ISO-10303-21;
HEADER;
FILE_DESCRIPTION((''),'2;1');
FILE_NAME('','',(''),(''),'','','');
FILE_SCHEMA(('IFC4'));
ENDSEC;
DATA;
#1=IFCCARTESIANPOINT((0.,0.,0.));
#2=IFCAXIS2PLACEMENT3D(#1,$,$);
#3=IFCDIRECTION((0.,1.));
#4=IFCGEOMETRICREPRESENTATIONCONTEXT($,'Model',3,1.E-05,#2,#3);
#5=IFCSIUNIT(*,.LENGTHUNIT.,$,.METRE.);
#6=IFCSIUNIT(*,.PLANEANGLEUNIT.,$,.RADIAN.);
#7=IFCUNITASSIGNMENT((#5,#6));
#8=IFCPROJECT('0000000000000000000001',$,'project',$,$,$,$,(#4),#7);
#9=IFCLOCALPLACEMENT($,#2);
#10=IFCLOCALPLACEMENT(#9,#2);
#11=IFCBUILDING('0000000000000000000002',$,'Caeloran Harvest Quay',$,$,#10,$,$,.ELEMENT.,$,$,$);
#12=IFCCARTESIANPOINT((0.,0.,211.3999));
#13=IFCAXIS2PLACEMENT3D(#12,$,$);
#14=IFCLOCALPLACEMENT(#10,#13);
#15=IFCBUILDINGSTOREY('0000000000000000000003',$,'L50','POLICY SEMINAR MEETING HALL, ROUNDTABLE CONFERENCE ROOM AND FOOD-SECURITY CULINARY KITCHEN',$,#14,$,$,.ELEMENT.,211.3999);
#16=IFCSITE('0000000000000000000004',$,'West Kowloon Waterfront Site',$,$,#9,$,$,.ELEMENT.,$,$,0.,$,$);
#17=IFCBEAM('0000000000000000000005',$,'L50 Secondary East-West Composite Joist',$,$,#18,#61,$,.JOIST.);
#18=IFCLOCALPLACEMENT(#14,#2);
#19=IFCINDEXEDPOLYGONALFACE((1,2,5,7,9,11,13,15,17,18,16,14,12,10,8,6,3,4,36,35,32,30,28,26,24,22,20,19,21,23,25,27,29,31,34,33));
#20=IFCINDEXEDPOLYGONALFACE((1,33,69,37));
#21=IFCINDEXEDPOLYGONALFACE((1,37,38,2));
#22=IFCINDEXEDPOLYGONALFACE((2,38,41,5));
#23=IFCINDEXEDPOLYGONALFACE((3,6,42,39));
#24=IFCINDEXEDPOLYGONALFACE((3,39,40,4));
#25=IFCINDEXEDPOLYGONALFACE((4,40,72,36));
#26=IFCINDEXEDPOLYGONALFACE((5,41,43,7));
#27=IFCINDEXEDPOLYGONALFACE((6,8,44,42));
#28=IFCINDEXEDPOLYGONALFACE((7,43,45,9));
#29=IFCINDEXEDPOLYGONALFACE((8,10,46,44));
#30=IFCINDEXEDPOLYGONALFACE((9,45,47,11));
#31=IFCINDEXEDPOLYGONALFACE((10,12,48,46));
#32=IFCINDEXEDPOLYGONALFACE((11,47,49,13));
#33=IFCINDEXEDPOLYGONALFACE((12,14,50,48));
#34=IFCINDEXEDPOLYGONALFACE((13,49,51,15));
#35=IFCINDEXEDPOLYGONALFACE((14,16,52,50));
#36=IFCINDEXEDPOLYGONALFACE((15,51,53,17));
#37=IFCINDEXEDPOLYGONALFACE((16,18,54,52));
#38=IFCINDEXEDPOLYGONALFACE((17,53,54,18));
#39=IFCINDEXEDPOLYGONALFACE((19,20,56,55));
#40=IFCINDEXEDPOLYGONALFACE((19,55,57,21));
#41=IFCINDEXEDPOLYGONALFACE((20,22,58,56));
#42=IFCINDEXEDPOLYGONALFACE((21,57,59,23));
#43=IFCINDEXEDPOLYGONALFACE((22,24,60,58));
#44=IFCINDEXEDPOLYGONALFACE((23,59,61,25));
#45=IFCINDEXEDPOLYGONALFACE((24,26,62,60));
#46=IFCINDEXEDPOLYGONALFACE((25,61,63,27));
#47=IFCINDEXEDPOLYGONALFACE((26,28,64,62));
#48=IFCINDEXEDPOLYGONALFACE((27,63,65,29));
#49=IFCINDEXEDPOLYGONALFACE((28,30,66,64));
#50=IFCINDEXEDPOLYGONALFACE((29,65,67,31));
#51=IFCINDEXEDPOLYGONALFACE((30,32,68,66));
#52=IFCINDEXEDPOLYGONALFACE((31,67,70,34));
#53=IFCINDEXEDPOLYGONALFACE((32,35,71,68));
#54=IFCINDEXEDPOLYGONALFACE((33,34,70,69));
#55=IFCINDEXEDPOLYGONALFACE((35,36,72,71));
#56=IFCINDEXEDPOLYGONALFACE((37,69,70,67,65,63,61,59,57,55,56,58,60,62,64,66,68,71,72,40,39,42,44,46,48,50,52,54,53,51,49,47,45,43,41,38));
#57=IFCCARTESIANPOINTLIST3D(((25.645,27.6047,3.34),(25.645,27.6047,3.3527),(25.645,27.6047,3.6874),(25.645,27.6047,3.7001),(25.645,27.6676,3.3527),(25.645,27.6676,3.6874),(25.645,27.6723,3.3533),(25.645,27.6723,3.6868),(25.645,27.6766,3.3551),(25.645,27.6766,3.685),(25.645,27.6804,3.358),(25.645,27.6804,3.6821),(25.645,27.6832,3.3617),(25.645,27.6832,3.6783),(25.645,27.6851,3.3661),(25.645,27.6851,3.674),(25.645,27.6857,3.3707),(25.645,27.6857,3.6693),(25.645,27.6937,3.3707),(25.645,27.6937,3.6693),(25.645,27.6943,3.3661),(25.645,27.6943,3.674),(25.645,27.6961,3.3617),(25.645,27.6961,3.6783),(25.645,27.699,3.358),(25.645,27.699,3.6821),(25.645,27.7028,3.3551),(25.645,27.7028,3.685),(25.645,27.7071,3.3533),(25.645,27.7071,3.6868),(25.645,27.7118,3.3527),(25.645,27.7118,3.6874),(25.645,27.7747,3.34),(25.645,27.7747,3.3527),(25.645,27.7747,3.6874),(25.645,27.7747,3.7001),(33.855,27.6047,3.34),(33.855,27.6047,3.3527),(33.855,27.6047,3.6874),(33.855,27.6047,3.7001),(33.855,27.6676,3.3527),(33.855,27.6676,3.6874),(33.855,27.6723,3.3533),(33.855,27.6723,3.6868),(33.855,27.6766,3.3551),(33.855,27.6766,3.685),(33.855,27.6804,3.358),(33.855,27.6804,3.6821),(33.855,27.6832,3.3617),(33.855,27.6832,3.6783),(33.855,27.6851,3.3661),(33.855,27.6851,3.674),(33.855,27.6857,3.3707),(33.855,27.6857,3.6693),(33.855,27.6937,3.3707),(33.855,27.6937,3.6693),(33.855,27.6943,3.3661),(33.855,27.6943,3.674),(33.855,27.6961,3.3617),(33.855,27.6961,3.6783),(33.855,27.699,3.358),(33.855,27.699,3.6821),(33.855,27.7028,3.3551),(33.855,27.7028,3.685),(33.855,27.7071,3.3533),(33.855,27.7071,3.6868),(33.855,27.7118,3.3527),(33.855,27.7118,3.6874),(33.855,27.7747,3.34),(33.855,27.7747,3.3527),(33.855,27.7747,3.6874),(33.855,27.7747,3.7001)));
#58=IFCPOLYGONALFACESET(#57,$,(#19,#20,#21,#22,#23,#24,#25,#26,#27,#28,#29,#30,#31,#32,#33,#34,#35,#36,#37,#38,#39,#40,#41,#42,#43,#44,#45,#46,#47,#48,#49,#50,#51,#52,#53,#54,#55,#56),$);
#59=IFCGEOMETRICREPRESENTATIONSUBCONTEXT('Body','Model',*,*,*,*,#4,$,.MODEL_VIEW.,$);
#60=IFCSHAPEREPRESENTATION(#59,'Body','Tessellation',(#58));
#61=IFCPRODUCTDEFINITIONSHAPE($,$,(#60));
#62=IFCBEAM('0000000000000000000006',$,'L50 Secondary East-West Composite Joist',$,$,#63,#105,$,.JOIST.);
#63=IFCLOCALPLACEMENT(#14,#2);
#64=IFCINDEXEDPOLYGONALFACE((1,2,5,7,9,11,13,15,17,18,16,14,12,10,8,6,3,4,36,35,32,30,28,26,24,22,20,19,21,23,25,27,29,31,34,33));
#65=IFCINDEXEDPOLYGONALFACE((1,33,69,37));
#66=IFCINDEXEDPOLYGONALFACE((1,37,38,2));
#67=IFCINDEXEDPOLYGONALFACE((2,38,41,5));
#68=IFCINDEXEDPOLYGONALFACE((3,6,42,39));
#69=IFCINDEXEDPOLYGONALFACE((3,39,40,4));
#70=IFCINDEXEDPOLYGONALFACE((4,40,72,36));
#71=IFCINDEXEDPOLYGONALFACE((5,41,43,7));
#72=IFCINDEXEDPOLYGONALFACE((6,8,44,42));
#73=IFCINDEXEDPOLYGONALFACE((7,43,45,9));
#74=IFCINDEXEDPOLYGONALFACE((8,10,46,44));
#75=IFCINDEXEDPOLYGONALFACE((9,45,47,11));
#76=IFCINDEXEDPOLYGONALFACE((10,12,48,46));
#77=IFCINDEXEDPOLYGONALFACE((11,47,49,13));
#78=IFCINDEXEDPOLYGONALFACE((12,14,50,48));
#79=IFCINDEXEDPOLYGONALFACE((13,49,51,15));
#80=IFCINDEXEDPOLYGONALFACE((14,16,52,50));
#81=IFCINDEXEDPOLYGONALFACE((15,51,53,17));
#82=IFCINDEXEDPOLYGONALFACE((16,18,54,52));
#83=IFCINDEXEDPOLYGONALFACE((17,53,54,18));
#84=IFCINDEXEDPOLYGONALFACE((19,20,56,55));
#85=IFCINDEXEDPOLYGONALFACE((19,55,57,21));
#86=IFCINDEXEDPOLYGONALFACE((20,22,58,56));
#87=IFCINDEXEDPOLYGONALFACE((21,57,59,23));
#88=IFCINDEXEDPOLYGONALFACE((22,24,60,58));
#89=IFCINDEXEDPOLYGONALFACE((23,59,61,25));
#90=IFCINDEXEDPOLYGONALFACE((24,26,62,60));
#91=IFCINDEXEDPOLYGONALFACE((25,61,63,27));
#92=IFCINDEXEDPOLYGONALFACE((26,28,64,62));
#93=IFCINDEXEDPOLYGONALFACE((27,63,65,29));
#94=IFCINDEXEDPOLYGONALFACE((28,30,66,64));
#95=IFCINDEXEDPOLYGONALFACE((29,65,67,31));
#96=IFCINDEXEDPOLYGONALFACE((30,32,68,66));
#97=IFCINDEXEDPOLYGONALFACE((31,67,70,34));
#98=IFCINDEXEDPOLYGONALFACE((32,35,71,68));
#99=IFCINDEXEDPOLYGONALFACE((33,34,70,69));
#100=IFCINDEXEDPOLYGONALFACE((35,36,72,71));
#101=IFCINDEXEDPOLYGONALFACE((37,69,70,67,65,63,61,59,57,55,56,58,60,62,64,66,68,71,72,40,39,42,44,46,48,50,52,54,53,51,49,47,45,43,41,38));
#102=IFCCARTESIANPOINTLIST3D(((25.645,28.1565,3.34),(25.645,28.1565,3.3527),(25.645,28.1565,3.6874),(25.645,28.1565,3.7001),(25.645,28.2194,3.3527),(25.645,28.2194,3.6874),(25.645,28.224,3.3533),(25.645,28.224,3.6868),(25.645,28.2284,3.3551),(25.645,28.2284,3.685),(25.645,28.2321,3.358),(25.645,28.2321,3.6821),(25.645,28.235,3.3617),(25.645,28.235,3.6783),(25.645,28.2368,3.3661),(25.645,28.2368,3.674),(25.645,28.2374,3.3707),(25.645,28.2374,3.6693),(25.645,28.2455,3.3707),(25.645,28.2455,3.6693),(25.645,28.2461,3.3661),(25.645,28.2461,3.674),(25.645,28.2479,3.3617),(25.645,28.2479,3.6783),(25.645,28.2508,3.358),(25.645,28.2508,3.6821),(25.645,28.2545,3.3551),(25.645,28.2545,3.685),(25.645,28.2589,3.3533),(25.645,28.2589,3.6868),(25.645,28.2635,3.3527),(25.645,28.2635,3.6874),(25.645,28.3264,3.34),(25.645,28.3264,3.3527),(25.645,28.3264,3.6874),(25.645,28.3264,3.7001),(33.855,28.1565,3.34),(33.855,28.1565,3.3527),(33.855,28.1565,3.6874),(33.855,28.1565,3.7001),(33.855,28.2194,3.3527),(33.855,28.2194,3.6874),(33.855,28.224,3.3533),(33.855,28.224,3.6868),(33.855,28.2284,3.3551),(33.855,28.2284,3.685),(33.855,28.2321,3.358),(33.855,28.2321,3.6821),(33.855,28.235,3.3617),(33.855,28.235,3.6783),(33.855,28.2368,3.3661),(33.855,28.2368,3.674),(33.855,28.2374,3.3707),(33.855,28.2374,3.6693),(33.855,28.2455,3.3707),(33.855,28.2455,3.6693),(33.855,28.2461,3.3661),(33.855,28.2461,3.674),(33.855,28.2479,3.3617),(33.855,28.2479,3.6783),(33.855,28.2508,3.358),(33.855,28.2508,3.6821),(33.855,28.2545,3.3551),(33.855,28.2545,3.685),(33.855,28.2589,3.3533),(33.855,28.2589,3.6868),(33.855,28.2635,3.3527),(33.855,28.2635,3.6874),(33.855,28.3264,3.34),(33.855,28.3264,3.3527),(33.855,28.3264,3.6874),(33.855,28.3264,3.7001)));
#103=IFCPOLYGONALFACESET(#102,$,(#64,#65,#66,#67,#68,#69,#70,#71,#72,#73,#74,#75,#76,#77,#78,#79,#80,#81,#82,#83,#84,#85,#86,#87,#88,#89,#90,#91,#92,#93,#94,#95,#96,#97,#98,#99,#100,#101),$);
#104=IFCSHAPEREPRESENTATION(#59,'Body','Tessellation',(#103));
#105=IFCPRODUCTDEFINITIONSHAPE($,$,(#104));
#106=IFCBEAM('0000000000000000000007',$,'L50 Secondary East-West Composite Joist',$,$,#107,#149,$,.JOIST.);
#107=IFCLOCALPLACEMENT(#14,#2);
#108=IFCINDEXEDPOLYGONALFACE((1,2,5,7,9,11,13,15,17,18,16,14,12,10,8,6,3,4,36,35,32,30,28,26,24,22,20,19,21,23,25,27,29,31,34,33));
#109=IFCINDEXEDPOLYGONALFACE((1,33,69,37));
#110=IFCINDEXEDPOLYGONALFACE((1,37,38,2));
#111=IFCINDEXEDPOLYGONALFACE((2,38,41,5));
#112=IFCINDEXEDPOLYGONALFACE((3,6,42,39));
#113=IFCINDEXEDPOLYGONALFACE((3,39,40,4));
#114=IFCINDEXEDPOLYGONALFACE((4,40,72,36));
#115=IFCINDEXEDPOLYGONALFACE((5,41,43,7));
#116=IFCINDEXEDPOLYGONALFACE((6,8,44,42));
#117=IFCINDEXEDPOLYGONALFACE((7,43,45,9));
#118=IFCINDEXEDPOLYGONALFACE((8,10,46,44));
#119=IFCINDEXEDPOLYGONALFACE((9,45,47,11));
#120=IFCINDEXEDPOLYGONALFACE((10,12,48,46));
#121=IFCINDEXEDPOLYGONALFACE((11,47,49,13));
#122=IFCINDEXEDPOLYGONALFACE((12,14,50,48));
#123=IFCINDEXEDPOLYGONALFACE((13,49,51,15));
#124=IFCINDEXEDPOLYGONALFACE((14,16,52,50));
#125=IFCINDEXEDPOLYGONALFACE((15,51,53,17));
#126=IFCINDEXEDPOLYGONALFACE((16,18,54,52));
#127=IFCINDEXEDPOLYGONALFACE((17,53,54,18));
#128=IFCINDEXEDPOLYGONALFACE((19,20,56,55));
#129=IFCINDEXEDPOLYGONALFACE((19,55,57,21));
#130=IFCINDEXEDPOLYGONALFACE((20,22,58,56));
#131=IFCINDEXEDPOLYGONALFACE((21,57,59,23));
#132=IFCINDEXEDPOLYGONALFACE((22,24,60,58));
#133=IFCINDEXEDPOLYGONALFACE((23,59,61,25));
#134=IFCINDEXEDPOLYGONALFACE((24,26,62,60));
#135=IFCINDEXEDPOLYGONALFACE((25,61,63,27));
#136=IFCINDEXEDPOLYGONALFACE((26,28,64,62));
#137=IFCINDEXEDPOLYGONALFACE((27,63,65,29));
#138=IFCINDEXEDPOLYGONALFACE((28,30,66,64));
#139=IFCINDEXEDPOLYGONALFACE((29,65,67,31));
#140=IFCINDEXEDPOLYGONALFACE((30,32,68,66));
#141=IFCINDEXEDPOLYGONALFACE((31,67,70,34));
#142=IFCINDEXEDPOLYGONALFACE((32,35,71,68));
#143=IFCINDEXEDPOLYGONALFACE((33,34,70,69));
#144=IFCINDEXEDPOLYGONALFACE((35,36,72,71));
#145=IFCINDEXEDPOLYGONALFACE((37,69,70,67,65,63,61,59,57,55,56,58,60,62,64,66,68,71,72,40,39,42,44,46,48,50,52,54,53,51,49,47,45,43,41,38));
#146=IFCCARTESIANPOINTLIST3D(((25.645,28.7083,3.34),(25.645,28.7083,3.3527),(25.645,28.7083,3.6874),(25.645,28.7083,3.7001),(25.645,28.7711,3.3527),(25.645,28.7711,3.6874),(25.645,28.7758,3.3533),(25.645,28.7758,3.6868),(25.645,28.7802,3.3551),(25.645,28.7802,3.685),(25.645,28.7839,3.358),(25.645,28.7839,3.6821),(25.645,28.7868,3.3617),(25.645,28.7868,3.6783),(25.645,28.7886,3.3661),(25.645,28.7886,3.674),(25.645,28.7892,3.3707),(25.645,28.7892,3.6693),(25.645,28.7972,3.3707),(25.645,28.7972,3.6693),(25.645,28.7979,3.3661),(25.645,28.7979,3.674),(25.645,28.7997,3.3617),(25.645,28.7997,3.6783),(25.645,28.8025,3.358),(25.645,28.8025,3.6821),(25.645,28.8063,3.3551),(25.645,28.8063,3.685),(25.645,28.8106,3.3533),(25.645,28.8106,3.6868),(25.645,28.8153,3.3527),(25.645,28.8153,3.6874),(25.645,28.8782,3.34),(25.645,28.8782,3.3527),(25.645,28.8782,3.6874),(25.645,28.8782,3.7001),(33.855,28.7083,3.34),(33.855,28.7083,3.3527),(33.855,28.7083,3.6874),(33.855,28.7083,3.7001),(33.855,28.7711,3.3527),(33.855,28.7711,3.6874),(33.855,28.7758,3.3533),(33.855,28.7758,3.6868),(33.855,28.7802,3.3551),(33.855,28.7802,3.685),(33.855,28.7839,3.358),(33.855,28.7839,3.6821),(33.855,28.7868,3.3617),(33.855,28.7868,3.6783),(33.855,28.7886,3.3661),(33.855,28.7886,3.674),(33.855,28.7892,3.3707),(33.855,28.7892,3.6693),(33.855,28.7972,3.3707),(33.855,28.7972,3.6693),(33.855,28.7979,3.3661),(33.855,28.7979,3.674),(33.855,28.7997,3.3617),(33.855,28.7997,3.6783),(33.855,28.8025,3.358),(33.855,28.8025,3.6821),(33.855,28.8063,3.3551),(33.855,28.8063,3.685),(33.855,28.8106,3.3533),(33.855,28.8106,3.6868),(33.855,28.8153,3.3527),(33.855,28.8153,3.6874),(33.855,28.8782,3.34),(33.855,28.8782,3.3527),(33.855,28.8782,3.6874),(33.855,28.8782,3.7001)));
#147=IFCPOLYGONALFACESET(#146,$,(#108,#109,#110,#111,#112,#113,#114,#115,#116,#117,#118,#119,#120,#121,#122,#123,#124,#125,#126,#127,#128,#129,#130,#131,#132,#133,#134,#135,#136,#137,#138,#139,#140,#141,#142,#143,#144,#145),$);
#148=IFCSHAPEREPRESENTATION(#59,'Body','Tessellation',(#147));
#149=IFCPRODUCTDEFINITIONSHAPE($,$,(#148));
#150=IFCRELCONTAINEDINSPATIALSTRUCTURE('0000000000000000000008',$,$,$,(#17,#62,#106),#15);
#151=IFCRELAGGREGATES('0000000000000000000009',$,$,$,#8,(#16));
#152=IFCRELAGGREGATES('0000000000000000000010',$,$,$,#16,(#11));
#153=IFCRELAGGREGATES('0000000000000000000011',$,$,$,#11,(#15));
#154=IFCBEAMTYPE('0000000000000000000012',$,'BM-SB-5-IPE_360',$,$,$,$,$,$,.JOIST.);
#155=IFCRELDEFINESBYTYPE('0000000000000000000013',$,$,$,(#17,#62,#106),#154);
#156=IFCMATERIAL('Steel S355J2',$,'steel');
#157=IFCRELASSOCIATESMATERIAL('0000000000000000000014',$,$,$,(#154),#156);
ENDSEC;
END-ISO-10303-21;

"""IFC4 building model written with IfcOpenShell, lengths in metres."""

from ifc_helpers import new_model, si_unit, direction, frame, origin, origin_2d, place, context, subcontext, project, spatial, i_section, extrude, material, material_profile, profile_set, type_object, element, save


model = new_model("IFC4")

# Units and contexts
model_context = context("Model", 3, precision=1e-05, world=origin(), true_north=direction((0.0, 1.0)))
body_context = subcontext(model_context, "Body", "Model", "MODEL_VIEW")
ifc_project = project(units=[si_unit("LENGTHUNIT", "METRE"), si_unit("PLANEANGLEUNIT", "RADIAN")], contexts=[model_context])

# Site, building, storey
site_placement = place(None, origin())
site = spatial("IfcSite", under=ifc_project, at=site_placement, Name="West Kowloon Waterfront Site", CompositionType="ELEMENT", RefElevation=0.0)
building_placement = place(site_placement, origin())
building = spatial("IfcBuilding", under=site, at=building_placement, Name="Caeloran Harvest Quay", CompositionType="ELEMENT")
storey_placement = place(building_placement, frame((0.0, 0.0, 211.3999)))
storey = spatial("IfcBuildingStorey", under=building, at=storey_placement, Name="L50", Description="POLICY SEMINAR MEETING HALL, ROUNDTABLE CONFERENCE ROOM AND FOOD-SECURITY CULINARY KITCHEN", CompositionType="ELEMENT", Elevation=211.3999)

# Beams
ifc_material_1 = material(Name="Steel S355J2", Category="steel")
ifc_material_profile_1 = material_profile(ifc_material_1, i_section(OverallWidth=0.1699, OverallDepth=0.3601, WebThickness=0.0081, FlangeThickness=0.0127, FilletRadius=0.0181, at=origin_2d()), Name="IPE 360")
ifc_profile_set_1 = profile_set([ifc_material_profile_1], Name="Steel S355J2")
beam_type_1 = type_object("IfcBeamType", Name="BM-SB-5-IPE_360", PredefinedType="JOIST", material=ifc_profile_set_1)
for number, where, z_axis, x_axis, name in (
    (1, (25.645, 27.6897, 3.52), (1.0, 0.0, 0.0), (0.0, 1.0, 0.0), "L50 Secondary East-West Composite Joist"),
    (2, (25.645, 28.2415, 3.52), (1.0, 0.0, 0.0), (0.0, 1.0, 0.0), "L50 Secondary East-West Composite Joist"),
    (3, (25.645, 28.7932, 3.52), (1.0, 0.0, 0.0), (0.0, 1.0, 0.0), "L50 Secondary East-West Composite Joist"),
):
    element("IfcBeam", number, at=place(storey_placement, frame(where, z_axis=z_axis, x_axis=x_axis)), inside=storey, type_object=beam_type_1, Name=name, PredefinedType="JOIST", context=body_context, shape_type="SweptSolid", body=[
        extrude(i_section(OverallWidth=0.1699, OverallDepth=0.3601, WebThickness=0.0081, FlangeThickness=0.0127, FilletRadius=0.0181, at=origin_2d()), origin(), (0.0, 0.0, 1.0), 8.21),
    ])

save(model, "model.ifc")
